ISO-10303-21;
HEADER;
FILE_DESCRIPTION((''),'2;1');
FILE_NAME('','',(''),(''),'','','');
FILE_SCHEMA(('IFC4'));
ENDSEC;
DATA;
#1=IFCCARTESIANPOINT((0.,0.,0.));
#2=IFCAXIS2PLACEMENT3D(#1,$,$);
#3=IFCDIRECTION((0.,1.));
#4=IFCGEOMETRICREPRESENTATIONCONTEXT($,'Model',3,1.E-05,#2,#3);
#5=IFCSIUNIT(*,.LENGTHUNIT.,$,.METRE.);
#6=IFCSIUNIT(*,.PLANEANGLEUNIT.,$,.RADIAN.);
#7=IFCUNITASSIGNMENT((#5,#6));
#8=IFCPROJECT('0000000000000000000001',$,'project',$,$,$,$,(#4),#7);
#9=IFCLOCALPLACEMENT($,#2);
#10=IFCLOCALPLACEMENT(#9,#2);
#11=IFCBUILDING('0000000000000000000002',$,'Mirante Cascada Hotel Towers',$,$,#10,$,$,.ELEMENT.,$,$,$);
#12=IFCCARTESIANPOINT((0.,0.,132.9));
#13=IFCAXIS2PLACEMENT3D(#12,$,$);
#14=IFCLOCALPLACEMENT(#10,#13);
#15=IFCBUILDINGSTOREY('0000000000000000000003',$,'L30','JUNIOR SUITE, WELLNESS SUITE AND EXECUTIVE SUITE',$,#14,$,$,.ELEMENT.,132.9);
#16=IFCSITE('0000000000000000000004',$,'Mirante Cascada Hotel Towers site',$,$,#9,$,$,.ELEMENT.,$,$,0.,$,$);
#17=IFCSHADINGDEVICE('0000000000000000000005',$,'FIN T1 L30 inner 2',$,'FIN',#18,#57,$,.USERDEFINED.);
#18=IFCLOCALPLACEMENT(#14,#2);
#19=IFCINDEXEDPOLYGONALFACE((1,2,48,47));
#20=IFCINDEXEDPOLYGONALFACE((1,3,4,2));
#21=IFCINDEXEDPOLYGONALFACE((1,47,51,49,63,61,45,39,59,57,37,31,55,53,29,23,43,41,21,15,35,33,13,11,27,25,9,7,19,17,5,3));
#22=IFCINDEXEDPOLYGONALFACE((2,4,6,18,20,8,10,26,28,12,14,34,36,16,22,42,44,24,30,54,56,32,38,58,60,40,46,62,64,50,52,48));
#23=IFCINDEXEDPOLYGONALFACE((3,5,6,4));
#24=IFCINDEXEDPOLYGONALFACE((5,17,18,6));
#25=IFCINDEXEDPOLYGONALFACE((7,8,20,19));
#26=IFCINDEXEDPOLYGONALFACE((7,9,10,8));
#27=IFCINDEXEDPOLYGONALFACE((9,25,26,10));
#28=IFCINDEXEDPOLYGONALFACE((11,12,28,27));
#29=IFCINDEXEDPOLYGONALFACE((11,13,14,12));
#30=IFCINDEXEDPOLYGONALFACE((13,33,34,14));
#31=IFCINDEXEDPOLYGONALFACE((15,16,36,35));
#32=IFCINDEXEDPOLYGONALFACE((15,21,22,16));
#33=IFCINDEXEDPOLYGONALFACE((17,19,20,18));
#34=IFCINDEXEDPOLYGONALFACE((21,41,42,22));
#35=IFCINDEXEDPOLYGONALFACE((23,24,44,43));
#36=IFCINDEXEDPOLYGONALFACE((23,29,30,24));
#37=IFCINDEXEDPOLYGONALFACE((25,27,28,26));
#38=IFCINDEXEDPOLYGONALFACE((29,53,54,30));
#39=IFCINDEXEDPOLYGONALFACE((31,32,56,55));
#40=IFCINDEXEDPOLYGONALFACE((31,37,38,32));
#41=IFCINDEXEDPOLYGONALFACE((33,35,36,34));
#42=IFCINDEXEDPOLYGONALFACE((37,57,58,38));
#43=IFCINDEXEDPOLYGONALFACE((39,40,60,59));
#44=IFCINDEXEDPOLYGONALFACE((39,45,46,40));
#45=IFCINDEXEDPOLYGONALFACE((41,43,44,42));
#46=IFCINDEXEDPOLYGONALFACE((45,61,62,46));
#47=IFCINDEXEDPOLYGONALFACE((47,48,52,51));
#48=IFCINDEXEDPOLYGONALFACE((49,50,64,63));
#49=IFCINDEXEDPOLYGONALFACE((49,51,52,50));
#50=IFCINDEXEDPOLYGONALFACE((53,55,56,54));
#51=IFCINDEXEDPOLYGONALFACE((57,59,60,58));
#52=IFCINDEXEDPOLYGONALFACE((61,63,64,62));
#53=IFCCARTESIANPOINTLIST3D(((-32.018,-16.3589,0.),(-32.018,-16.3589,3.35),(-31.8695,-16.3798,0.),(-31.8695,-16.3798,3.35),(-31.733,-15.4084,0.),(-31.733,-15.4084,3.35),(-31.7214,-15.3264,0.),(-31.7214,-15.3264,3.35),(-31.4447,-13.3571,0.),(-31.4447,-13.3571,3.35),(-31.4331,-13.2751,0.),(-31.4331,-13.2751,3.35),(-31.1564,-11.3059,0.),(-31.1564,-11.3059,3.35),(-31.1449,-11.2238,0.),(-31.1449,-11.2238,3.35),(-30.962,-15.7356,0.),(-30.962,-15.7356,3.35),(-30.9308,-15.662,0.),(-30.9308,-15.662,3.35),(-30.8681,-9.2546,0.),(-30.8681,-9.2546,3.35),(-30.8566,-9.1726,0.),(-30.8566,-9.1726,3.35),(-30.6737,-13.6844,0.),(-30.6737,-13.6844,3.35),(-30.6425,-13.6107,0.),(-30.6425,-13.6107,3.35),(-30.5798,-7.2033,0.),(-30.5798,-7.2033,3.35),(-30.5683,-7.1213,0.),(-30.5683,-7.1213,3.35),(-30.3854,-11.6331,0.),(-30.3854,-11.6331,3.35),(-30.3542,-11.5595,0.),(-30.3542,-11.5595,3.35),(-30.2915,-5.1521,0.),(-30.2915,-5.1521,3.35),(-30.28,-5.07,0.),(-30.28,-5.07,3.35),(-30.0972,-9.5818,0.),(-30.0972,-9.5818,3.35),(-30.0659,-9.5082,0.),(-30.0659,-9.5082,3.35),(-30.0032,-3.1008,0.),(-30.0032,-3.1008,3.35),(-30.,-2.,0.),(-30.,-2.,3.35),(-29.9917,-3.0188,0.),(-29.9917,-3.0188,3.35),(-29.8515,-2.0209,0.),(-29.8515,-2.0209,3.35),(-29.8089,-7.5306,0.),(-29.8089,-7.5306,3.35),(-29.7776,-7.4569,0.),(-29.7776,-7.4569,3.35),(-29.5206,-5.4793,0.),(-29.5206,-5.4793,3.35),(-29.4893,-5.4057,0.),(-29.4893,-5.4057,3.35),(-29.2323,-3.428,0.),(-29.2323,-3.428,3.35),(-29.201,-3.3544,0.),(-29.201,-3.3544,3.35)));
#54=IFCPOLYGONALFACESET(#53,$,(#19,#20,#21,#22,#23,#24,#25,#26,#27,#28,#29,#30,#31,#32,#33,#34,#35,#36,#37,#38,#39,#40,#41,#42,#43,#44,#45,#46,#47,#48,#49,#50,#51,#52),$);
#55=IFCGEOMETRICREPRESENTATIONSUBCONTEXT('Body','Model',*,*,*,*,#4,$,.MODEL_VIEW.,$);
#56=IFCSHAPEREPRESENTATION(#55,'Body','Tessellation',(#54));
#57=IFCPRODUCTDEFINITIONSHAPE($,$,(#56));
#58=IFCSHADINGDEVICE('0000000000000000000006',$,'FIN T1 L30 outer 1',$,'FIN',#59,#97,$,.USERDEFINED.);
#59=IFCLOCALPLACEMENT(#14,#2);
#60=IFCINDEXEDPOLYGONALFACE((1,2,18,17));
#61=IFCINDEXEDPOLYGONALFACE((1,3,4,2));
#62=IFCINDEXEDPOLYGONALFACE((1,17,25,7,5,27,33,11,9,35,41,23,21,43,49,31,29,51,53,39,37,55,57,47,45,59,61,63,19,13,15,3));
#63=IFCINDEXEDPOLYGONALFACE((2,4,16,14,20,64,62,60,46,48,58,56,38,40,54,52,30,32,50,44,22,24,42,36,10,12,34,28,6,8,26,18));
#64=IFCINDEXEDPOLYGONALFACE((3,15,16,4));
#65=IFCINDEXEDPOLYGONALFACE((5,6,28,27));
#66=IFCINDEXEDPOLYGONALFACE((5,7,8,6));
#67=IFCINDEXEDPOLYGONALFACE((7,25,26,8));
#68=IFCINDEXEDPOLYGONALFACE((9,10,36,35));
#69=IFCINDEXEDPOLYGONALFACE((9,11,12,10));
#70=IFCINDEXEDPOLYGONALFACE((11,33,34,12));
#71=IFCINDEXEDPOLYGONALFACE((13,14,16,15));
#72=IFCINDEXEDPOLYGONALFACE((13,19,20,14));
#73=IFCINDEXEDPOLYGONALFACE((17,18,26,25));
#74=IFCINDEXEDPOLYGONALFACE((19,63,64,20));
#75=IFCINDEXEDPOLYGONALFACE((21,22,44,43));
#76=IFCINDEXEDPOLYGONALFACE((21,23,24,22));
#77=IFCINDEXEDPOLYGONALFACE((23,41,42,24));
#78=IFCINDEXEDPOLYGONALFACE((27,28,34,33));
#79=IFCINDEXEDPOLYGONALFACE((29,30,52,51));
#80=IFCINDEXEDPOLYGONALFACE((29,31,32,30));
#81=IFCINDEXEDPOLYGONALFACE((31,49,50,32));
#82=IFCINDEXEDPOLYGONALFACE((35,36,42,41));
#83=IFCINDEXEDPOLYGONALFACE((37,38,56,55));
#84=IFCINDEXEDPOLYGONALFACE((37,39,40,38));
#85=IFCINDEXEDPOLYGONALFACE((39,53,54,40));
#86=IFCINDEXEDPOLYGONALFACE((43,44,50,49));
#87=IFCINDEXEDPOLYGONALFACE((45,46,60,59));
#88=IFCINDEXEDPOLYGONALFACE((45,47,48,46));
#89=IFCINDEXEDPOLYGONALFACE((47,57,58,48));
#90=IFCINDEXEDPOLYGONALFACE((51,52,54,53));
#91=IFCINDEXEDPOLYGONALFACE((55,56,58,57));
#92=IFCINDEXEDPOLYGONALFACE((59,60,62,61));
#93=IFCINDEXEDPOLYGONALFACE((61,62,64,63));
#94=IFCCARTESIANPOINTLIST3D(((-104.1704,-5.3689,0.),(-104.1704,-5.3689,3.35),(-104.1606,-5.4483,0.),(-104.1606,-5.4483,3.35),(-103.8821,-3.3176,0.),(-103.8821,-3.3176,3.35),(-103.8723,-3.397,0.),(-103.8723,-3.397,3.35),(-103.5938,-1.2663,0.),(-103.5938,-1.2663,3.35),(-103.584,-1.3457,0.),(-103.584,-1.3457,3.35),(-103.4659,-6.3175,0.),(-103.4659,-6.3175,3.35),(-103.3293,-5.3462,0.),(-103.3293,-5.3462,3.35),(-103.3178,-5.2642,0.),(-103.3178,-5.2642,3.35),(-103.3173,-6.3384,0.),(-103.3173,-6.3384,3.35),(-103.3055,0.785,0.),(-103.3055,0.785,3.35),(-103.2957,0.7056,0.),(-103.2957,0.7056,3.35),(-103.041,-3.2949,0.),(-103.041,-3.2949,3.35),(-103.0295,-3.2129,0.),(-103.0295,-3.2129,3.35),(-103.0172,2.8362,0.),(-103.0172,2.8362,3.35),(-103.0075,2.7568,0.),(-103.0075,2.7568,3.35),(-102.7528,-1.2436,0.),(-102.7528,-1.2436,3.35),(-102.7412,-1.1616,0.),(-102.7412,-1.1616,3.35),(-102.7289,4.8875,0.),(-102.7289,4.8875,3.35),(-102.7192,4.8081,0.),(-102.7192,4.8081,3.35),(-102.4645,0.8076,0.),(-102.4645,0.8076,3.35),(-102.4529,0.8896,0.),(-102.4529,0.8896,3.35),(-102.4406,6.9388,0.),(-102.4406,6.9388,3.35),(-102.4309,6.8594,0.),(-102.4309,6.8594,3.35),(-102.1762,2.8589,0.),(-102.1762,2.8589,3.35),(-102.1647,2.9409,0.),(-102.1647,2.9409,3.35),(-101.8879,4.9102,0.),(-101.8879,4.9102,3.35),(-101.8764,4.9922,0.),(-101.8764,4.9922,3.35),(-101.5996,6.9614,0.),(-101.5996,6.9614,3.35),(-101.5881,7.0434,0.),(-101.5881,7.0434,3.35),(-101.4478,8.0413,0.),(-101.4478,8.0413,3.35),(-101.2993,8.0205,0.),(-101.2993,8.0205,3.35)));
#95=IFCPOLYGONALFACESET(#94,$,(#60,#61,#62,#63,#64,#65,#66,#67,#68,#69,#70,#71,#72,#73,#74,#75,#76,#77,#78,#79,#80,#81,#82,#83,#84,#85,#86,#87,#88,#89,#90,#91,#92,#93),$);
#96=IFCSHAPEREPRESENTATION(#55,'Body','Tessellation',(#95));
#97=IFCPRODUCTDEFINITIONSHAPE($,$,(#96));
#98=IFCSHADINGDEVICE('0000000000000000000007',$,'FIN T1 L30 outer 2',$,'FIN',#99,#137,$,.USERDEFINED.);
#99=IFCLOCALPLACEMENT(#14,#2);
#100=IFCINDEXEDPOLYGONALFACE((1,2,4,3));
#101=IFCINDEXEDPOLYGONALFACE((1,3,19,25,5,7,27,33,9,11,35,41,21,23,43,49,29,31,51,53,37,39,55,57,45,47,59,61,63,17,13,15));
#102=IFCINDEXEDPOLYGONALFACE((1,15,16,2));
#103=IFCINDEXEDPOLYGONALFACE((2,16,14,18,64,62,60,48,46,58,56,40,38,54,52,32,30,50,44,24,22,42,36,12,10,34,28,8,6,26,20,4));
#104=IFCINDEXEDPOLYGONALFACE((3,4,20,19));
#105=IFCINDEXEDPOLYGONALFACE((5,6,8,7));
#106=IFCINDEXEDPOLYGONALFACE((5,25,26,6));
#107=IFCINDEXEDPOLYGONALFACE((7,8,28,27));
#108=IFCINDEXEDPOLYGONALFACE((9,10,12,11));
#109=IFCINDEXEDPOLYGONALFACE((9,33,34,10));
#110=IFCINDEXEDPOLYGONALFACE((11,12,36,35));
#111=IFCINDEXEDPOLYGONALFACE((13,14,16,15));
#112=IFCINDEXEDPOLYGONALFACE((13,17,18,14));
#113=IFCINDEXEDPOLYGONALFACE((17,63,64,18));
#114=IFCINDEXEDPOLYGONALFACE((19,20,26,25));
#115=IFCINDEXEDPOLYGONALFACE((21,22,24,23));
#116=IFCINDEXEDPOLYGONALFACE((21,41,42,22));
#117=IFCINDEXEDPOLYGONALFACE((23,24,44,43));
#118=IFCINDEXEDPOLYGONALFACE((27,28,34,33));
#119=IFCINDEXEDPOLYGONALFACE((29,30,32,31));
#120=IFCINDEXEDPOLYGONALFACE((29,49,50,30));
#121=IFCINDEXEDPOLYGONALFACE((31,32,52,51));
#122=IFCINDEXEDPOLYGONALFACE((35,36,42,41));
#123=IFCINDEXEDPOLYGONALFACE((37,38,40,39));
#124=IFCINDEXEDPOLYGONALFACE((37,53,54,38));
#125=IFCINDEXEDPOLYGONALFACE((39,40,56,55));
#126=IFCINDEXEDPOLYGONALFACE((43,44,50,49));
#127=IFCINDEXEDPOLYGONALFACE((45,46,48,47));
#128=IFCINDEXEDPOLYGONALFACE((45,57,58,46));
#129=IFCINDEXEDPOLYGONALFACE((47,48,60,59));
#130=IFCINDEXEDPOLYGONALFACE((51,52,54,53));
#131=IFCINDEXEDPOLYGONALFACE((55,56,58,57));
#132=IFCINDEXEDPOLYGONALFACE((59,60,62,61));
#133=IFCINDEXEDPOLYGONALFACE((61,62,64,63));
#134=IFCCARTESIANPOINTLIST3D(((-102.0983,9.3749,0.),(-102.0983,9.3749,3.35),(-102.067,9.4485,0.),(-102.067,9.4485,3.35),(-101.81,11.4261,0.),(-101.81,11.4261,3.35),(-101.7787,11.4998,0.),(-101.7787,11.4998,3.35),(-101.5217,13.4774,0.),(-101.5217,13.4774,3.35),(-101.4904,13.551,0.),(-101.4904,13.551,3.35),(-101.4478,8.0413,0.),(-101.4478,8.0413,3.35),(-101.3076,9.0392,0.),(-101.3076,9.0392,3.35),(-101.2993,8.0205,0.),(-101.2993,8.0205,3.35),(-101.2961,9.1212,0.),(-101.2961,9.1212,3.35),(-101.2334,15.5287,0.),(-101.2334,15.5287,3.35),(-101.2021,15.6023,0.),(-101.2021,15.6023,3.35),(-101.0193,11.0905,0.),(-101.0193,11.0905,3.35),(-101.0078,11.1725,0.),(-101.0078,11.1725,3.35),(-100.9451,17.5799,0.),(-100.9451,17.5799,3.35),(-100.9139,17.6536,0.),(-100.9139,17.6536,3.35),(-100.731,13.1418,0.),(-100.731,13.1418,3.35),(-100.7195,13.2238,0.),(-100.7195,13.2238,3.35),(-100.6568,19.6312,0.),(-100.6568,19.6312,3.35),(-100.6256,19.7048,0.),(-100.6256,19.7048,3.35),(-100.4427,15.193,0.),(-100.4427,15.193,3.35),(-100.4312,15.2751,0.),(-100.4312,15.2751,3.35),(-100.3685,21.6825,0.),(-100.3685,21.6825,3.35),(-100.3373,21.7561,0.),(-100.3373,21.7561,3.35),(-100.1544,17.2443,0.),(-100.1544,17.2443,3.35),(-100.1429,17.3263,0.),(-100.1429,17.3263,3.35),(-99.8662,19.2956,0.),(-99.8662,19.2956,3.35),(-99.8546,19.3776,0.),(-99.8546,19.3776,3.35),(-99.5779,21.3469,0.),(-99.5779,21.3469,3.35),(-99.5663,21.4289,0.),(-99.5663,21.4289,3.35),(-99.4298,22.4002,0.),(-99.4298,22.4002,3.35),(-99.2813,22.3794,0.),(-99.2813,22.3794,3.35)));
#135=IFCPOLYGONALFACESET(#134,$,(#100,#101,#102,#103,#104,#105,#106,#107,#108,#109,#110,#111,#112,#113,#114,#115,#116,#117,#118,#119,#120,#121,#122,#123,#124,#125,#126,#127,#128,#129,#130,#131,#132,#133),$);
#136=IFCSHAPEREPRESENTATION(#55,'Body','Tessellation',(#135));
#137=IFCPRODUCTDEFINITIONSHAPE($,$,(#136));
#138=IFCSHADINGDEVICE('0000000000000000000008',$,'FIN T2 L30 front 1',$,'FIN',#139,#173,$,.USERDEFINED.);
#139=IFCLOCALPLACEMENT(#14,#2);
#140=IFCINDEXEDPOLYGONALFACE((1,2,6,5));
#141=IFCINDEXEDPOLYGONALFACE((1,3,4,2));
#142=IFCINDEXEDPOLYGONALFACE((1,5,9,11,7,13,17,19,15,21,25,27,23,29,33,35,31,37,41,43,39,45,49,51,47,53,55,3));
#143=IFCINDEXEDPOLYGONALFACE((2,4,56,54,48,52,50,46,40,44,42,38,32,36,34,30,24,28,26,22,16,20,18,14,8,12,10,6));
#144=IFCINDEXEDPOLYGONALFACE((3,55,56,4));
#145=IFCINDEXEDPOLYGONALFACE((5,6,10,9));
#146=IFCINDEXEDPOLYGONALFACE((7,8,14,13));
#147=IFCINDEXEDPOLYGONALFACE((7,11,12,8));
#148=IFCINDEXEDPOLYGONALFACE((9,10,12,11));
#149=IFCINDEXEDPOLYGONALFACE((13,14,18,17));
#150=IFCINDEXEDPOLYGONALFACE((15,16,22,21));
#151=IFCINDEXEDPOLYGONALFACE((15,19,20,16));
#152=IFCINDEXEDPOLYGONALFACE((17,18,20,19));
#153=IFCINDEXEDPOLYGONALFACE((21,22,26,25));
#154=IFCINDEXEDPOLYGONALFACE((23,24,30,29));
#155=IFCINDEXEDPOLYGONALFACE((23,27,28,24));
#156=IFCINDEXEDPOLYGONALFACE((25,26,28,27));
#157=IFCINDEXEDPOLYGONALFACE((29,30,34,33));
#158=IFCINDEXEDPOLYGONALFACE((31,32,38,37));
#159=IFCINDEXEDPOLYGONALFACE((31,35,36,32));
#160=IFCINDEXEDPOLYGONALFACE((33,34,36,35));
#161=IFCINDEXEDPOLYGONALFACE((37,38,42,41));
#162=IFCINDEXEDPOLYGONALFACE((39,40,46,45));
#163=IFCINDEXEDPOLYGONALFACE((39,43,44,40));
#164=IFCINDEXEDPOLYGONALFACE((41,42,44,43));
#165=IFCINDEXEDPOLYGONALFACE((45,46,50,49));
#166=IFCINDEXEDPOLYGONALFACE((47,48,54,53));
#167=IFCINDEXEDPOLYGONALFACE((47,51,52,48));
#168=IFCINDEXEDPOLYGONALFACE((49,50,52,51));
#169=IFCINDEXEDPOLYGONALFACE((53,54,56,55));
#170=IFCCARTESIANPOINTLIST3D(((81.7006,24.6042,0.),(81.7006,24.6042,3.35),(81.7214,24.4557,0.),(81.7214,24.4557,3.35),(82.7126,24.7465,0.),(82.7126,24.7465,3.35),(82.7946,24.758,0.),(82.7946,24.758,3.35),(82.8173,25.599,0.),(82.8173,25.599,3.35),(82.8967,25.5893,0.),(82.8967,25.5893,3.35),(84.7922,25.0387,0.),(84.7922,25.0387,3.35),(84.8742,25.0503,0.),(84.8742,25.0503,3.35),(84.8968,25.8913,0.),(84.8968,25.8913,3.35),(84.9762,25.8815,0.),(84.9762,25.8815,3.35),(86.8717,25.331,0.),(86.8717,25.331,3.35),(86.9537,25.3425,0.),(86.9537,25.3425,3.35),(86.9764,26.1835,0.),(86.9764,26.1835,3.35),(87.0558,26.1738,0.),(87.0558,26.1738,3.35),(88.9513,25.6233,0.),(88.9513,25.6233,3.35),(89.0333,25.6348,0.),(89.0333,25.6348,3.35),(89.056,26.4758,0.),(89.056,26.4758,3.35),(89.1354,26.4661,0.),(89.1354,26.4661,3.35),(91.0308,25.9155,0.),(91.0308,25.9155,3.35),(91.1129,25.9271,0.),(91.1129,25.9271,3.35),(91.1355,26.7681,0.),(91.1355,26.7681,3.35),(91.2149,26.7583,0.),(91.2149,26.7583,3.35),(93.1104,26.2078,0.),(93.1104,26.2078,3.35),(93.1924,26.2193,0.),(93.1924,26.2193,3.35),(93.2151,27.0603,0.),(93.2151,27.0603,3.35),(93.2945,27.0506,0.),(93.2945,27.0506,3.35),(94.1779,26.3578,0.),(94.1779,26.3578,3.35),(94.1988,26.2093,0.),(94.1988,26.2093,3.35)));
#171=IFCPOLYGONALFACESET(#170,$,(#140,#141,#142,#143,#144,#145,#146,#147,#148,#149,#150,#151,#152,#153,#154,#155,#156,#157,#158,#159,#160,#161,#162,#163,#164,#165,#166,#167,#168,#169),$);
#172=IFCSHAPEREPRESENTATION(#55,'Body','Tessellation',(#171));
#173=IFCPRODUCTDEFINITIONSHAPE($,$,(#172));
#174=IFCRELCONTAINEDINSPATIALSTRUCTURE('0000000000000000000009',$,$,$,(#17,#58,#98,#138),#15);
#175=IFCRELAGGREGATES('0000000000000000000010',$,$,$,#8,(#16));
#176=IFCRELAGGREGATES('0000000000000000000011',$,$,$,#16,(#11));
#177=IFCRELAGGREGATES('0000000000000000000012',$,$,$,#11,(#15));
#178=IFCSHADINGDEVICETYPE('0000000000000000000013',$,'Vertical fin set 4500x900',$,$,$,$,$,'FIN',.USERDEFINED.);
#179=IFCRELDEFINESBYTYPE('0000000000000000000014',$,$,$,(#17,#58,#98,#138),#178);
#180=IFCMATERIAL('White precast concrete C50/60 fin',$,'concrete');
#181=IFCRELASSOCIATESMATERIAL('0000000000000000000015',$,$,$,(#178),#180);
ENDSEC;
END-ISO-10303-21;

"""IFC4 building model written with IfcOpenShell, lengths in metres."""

from ifc_helpers import new_model, si_unit, direction, frame, origin, place, context, subcontext, project, spatial, polyline, outline, extrude, material, type_object, element, save


model = new_model("IFC4")

# Units and contexts
model_context = context("Model", 3, precision=1e-05, world=origin(), true_north=direction((0.0, 1.0)))
body_context = subcontext(model_context, "Body", "Model", "MODEL_VIEW")
ifc_project = project(units=[si_unit("LENGTHUNIT", "METRE"), si_unit("PLANEANGLEUNIT", "RADIAN")], contexts=[model_context])

# Site, building, storey
site_placement = place(None, origin())
site = spatial("IfcSite", under=ifc_project, at=site_placement, Name="Mirante Cascada Hotel Towers site", CompositionType="ELEMENT", RefElevation=0.0)
building_placement = place(site_placement, origin())
building = spatial("IfcBuilding", under=site, at=building_placement, Name="Mirante Cascada Hotel Towers", CompositionType="ELEMENT")
storey_placement = place(building_placement, frame((0.0, 0.0, 132.9)))
storey = spatial("IfcBuildingStorey", under=building, at=storey_placement, Name="L30", Description="JUNIOR SUITE, WELLNESS SUITE AND EXECUTIVE SUITE", CompositionType="ELEMENT", Elevation=132.9)

# Shading devices
ifc_material_1 = material(Name="White precast concrete C50/60 fin", Category="concrete")
shading_device_type = type_object("IfcShadingDeviceType", Name="Vertical fin set 4500x900", ElementType="FIN", PredefinedType="USERDEFINED", material=ifc_material_1)
shading_device_1_placement = place(storey_placement, origin())
element("IfcShadingDevice", 1, at=shading_device_1_placement, inside=storey, type_object=shading_device_type, Name="FIN T1 L30 inner 2", ObjectType="FIN", PredefinedType="USERDEFINED", context=body_context, shape_type="SweptSolid", body=[
    extrude(outline(polyline([(-31.733, -15.4084), (-31.8695, -16.3798), (-32.018, -16.3589), (-30.0, -2.0), (-29.8515, -2.0209), (-29.9917, -3.0188), (-29.201, -3.3544), (-29.2323, -3.428), (-30.0032, -3.1008), (-30.28, -5.07), (-29.4893, -5.4057), (-29.5206, -5.4793), (-30.2915, -5.1521), (-30.5683, -7.1213), (-29.7776, -7.4569), (-29.8089, -7.5306), (-30.5798, -7.2033), (-30.8566, -9.1726), (-30.0659, -9.5082), (-30.0972, -9.5818), (-30.8681, -9.2546), (-31.1449, -11.2238), (-30.3542, -11.5595), (-30.3854, -11.6331), (-31.1564, -11.3059), (-31.4331, -13.2751), (-30.6425, -13.6107), (-30.6737, -13.6844), (-31.4447, -13.3571), (-31.7214, -15.3264), (-30.9308, -15.662), (-30.962, -15.7356), (-31.733, -15.4084)])), origin(), (0.0, 0.0, 1.0), 3.35),
])
shading_device_2_placement = place(storey_placement, origin())
element("IfcShadingDevice", 2, at=shading_device_2_placement, inside=storey, type_object=shading_device_type, Name="FIN T1 L30 outer 1", ObjectType="FIN", PredefinedType="USERDEFINED", context=body_context, shape_type="SweptSolid", body=[
    extrude(outline(polyline([(-103.3178, -5.2642), (-103.041, -3.2949), (-103.8723, -3.397), (-103.8821, -3.3176), (-103.0295, -3.2129), (-102.7528, -1.2436), (-103.584, -1.3457), (-103.5938, -1.2663), (-102.7412, -1.1616), (-102.4645, 0.8076), (-103.2957, 0.7056), (-103.3055, 0.785), (-102.4529, 0.8896), (-102.1762, 2.8589), (-103.0075, 2.7568), (-103.0172, 2.8362), (-102.1647, 2.9409), (-101.8879, 4.9102), (-102.7192, 4.8081), (-102.7289, 4.8875), (-101.8764, 4.9922), (-101.5996, 6.9614), (-102.4309, 6.8594), (-102.4406, 6.9388), (-101.5881, 7.0434), (-101.4478, 8.0413), (-101.2993, 8.0205), (-103.3173, -6.3384), (-103.4659, -6.3175), (-103.3293, -5.3462), (-104.1606, -5.4483), (-104.1704, -5.3689), (-103.3178, -5.2642)])), origin(), (0.0, 0.0, 1.0), 3.35),
])
shading_device_3_placement = place(storey_placement, origin())
element("IfcShadingDevice", 3, at=shading_device_3_placement, inside=storey, type_object=shading_device_type, Name="FIN T1 L30 outer 2", ObjectType="FIN", PredefinedType="USERDEFINED", context=body_context, shape_type="SweptSolid", body=[
    extrude(outline(polyline([(-101.2961, 9.1212), (-101.0193, 11.0905), (-101.81, 11.4261), (-101.7787, 11.4998), (-101.0078, 11.1725), (-100.731, 13.1418), (-101.5217, 13.4774), (-101.4904, 13.551), (-100.7195, 13.2238), (-100.4427, 15.193), (-101.2334, 15.5287), (-101.2021, 15.6023), (-100.4312, 15.2751), (-100.1544, 17.2443), (-100.9451, 17.5799), (-100.9139, 17.6536), (-100.1429, 17.3263), (-99.8662, 19.2956), (-100.6568, 19.6312), (-100.6256, 19.7048), (-99.8546, 19.3776), (-99.5779, 21.3469), (-100.3685, 21.6825), (-100.3373, 21.7561), (-99.5663, 21.4289), (-99.4298, 22.4002), (-99.2813, 22.3794), (-101.2993, 8.0205), (-101.4478, 8.0413), (-101.3076, 9.0392), (-102.0983, 9.3749), (-102.067, 9.4485), (-101.2961, 9.1212)])), origin(), (0.0, 0.0, 1.0), 3.35),
])
shading_device_4_placement = place(storey_placement, origin())
element("IfcShadingDevice", 4, at=shading_device_4_placement, inside=storey, type_object=shading_device_type, Name="FIN T2 L30 front 1", ObjectType="FIN", PredefinedType="USERDEFINED", context=body_context, shape_type="SweptSolid", body=[
    extrude(outline(polyline([(82.8967, 25.5893), (82.7946, 24.758), (84.7922, 25.0387), (84.8968, 25.8913), (84.9762, 25.8815), (84.8742, 25.0503), (86.8717, 25.331), (86.9764, 26.1835), (87.0558, 26.1738), (86.9537, 25.3425), (88.9513, 25.6233), (89.056, 26.4758), (89.1354, 26.4661), (89.0333, 25.6348), (91.0308, 25.9155), (91.1355, 26.7681), (91.2149, 26.7583), (91.1129, 25.9271), (93.1104, 26.2078), (93.2151, 27.0603), (93.2945, 27.0506), (93.1924, 26.2193), (94.1779, 26.3578), (94.1988, 26.2093), (81.7214, 24.4557), (81.7006, 24.6042), (82.7126, 24.7465), (82.8173, 25.599), (82.8967, 25.5893)])), origin(), (0.0, 0.0, 1.0), 3.35),
])

save(model, "model.ifc")
